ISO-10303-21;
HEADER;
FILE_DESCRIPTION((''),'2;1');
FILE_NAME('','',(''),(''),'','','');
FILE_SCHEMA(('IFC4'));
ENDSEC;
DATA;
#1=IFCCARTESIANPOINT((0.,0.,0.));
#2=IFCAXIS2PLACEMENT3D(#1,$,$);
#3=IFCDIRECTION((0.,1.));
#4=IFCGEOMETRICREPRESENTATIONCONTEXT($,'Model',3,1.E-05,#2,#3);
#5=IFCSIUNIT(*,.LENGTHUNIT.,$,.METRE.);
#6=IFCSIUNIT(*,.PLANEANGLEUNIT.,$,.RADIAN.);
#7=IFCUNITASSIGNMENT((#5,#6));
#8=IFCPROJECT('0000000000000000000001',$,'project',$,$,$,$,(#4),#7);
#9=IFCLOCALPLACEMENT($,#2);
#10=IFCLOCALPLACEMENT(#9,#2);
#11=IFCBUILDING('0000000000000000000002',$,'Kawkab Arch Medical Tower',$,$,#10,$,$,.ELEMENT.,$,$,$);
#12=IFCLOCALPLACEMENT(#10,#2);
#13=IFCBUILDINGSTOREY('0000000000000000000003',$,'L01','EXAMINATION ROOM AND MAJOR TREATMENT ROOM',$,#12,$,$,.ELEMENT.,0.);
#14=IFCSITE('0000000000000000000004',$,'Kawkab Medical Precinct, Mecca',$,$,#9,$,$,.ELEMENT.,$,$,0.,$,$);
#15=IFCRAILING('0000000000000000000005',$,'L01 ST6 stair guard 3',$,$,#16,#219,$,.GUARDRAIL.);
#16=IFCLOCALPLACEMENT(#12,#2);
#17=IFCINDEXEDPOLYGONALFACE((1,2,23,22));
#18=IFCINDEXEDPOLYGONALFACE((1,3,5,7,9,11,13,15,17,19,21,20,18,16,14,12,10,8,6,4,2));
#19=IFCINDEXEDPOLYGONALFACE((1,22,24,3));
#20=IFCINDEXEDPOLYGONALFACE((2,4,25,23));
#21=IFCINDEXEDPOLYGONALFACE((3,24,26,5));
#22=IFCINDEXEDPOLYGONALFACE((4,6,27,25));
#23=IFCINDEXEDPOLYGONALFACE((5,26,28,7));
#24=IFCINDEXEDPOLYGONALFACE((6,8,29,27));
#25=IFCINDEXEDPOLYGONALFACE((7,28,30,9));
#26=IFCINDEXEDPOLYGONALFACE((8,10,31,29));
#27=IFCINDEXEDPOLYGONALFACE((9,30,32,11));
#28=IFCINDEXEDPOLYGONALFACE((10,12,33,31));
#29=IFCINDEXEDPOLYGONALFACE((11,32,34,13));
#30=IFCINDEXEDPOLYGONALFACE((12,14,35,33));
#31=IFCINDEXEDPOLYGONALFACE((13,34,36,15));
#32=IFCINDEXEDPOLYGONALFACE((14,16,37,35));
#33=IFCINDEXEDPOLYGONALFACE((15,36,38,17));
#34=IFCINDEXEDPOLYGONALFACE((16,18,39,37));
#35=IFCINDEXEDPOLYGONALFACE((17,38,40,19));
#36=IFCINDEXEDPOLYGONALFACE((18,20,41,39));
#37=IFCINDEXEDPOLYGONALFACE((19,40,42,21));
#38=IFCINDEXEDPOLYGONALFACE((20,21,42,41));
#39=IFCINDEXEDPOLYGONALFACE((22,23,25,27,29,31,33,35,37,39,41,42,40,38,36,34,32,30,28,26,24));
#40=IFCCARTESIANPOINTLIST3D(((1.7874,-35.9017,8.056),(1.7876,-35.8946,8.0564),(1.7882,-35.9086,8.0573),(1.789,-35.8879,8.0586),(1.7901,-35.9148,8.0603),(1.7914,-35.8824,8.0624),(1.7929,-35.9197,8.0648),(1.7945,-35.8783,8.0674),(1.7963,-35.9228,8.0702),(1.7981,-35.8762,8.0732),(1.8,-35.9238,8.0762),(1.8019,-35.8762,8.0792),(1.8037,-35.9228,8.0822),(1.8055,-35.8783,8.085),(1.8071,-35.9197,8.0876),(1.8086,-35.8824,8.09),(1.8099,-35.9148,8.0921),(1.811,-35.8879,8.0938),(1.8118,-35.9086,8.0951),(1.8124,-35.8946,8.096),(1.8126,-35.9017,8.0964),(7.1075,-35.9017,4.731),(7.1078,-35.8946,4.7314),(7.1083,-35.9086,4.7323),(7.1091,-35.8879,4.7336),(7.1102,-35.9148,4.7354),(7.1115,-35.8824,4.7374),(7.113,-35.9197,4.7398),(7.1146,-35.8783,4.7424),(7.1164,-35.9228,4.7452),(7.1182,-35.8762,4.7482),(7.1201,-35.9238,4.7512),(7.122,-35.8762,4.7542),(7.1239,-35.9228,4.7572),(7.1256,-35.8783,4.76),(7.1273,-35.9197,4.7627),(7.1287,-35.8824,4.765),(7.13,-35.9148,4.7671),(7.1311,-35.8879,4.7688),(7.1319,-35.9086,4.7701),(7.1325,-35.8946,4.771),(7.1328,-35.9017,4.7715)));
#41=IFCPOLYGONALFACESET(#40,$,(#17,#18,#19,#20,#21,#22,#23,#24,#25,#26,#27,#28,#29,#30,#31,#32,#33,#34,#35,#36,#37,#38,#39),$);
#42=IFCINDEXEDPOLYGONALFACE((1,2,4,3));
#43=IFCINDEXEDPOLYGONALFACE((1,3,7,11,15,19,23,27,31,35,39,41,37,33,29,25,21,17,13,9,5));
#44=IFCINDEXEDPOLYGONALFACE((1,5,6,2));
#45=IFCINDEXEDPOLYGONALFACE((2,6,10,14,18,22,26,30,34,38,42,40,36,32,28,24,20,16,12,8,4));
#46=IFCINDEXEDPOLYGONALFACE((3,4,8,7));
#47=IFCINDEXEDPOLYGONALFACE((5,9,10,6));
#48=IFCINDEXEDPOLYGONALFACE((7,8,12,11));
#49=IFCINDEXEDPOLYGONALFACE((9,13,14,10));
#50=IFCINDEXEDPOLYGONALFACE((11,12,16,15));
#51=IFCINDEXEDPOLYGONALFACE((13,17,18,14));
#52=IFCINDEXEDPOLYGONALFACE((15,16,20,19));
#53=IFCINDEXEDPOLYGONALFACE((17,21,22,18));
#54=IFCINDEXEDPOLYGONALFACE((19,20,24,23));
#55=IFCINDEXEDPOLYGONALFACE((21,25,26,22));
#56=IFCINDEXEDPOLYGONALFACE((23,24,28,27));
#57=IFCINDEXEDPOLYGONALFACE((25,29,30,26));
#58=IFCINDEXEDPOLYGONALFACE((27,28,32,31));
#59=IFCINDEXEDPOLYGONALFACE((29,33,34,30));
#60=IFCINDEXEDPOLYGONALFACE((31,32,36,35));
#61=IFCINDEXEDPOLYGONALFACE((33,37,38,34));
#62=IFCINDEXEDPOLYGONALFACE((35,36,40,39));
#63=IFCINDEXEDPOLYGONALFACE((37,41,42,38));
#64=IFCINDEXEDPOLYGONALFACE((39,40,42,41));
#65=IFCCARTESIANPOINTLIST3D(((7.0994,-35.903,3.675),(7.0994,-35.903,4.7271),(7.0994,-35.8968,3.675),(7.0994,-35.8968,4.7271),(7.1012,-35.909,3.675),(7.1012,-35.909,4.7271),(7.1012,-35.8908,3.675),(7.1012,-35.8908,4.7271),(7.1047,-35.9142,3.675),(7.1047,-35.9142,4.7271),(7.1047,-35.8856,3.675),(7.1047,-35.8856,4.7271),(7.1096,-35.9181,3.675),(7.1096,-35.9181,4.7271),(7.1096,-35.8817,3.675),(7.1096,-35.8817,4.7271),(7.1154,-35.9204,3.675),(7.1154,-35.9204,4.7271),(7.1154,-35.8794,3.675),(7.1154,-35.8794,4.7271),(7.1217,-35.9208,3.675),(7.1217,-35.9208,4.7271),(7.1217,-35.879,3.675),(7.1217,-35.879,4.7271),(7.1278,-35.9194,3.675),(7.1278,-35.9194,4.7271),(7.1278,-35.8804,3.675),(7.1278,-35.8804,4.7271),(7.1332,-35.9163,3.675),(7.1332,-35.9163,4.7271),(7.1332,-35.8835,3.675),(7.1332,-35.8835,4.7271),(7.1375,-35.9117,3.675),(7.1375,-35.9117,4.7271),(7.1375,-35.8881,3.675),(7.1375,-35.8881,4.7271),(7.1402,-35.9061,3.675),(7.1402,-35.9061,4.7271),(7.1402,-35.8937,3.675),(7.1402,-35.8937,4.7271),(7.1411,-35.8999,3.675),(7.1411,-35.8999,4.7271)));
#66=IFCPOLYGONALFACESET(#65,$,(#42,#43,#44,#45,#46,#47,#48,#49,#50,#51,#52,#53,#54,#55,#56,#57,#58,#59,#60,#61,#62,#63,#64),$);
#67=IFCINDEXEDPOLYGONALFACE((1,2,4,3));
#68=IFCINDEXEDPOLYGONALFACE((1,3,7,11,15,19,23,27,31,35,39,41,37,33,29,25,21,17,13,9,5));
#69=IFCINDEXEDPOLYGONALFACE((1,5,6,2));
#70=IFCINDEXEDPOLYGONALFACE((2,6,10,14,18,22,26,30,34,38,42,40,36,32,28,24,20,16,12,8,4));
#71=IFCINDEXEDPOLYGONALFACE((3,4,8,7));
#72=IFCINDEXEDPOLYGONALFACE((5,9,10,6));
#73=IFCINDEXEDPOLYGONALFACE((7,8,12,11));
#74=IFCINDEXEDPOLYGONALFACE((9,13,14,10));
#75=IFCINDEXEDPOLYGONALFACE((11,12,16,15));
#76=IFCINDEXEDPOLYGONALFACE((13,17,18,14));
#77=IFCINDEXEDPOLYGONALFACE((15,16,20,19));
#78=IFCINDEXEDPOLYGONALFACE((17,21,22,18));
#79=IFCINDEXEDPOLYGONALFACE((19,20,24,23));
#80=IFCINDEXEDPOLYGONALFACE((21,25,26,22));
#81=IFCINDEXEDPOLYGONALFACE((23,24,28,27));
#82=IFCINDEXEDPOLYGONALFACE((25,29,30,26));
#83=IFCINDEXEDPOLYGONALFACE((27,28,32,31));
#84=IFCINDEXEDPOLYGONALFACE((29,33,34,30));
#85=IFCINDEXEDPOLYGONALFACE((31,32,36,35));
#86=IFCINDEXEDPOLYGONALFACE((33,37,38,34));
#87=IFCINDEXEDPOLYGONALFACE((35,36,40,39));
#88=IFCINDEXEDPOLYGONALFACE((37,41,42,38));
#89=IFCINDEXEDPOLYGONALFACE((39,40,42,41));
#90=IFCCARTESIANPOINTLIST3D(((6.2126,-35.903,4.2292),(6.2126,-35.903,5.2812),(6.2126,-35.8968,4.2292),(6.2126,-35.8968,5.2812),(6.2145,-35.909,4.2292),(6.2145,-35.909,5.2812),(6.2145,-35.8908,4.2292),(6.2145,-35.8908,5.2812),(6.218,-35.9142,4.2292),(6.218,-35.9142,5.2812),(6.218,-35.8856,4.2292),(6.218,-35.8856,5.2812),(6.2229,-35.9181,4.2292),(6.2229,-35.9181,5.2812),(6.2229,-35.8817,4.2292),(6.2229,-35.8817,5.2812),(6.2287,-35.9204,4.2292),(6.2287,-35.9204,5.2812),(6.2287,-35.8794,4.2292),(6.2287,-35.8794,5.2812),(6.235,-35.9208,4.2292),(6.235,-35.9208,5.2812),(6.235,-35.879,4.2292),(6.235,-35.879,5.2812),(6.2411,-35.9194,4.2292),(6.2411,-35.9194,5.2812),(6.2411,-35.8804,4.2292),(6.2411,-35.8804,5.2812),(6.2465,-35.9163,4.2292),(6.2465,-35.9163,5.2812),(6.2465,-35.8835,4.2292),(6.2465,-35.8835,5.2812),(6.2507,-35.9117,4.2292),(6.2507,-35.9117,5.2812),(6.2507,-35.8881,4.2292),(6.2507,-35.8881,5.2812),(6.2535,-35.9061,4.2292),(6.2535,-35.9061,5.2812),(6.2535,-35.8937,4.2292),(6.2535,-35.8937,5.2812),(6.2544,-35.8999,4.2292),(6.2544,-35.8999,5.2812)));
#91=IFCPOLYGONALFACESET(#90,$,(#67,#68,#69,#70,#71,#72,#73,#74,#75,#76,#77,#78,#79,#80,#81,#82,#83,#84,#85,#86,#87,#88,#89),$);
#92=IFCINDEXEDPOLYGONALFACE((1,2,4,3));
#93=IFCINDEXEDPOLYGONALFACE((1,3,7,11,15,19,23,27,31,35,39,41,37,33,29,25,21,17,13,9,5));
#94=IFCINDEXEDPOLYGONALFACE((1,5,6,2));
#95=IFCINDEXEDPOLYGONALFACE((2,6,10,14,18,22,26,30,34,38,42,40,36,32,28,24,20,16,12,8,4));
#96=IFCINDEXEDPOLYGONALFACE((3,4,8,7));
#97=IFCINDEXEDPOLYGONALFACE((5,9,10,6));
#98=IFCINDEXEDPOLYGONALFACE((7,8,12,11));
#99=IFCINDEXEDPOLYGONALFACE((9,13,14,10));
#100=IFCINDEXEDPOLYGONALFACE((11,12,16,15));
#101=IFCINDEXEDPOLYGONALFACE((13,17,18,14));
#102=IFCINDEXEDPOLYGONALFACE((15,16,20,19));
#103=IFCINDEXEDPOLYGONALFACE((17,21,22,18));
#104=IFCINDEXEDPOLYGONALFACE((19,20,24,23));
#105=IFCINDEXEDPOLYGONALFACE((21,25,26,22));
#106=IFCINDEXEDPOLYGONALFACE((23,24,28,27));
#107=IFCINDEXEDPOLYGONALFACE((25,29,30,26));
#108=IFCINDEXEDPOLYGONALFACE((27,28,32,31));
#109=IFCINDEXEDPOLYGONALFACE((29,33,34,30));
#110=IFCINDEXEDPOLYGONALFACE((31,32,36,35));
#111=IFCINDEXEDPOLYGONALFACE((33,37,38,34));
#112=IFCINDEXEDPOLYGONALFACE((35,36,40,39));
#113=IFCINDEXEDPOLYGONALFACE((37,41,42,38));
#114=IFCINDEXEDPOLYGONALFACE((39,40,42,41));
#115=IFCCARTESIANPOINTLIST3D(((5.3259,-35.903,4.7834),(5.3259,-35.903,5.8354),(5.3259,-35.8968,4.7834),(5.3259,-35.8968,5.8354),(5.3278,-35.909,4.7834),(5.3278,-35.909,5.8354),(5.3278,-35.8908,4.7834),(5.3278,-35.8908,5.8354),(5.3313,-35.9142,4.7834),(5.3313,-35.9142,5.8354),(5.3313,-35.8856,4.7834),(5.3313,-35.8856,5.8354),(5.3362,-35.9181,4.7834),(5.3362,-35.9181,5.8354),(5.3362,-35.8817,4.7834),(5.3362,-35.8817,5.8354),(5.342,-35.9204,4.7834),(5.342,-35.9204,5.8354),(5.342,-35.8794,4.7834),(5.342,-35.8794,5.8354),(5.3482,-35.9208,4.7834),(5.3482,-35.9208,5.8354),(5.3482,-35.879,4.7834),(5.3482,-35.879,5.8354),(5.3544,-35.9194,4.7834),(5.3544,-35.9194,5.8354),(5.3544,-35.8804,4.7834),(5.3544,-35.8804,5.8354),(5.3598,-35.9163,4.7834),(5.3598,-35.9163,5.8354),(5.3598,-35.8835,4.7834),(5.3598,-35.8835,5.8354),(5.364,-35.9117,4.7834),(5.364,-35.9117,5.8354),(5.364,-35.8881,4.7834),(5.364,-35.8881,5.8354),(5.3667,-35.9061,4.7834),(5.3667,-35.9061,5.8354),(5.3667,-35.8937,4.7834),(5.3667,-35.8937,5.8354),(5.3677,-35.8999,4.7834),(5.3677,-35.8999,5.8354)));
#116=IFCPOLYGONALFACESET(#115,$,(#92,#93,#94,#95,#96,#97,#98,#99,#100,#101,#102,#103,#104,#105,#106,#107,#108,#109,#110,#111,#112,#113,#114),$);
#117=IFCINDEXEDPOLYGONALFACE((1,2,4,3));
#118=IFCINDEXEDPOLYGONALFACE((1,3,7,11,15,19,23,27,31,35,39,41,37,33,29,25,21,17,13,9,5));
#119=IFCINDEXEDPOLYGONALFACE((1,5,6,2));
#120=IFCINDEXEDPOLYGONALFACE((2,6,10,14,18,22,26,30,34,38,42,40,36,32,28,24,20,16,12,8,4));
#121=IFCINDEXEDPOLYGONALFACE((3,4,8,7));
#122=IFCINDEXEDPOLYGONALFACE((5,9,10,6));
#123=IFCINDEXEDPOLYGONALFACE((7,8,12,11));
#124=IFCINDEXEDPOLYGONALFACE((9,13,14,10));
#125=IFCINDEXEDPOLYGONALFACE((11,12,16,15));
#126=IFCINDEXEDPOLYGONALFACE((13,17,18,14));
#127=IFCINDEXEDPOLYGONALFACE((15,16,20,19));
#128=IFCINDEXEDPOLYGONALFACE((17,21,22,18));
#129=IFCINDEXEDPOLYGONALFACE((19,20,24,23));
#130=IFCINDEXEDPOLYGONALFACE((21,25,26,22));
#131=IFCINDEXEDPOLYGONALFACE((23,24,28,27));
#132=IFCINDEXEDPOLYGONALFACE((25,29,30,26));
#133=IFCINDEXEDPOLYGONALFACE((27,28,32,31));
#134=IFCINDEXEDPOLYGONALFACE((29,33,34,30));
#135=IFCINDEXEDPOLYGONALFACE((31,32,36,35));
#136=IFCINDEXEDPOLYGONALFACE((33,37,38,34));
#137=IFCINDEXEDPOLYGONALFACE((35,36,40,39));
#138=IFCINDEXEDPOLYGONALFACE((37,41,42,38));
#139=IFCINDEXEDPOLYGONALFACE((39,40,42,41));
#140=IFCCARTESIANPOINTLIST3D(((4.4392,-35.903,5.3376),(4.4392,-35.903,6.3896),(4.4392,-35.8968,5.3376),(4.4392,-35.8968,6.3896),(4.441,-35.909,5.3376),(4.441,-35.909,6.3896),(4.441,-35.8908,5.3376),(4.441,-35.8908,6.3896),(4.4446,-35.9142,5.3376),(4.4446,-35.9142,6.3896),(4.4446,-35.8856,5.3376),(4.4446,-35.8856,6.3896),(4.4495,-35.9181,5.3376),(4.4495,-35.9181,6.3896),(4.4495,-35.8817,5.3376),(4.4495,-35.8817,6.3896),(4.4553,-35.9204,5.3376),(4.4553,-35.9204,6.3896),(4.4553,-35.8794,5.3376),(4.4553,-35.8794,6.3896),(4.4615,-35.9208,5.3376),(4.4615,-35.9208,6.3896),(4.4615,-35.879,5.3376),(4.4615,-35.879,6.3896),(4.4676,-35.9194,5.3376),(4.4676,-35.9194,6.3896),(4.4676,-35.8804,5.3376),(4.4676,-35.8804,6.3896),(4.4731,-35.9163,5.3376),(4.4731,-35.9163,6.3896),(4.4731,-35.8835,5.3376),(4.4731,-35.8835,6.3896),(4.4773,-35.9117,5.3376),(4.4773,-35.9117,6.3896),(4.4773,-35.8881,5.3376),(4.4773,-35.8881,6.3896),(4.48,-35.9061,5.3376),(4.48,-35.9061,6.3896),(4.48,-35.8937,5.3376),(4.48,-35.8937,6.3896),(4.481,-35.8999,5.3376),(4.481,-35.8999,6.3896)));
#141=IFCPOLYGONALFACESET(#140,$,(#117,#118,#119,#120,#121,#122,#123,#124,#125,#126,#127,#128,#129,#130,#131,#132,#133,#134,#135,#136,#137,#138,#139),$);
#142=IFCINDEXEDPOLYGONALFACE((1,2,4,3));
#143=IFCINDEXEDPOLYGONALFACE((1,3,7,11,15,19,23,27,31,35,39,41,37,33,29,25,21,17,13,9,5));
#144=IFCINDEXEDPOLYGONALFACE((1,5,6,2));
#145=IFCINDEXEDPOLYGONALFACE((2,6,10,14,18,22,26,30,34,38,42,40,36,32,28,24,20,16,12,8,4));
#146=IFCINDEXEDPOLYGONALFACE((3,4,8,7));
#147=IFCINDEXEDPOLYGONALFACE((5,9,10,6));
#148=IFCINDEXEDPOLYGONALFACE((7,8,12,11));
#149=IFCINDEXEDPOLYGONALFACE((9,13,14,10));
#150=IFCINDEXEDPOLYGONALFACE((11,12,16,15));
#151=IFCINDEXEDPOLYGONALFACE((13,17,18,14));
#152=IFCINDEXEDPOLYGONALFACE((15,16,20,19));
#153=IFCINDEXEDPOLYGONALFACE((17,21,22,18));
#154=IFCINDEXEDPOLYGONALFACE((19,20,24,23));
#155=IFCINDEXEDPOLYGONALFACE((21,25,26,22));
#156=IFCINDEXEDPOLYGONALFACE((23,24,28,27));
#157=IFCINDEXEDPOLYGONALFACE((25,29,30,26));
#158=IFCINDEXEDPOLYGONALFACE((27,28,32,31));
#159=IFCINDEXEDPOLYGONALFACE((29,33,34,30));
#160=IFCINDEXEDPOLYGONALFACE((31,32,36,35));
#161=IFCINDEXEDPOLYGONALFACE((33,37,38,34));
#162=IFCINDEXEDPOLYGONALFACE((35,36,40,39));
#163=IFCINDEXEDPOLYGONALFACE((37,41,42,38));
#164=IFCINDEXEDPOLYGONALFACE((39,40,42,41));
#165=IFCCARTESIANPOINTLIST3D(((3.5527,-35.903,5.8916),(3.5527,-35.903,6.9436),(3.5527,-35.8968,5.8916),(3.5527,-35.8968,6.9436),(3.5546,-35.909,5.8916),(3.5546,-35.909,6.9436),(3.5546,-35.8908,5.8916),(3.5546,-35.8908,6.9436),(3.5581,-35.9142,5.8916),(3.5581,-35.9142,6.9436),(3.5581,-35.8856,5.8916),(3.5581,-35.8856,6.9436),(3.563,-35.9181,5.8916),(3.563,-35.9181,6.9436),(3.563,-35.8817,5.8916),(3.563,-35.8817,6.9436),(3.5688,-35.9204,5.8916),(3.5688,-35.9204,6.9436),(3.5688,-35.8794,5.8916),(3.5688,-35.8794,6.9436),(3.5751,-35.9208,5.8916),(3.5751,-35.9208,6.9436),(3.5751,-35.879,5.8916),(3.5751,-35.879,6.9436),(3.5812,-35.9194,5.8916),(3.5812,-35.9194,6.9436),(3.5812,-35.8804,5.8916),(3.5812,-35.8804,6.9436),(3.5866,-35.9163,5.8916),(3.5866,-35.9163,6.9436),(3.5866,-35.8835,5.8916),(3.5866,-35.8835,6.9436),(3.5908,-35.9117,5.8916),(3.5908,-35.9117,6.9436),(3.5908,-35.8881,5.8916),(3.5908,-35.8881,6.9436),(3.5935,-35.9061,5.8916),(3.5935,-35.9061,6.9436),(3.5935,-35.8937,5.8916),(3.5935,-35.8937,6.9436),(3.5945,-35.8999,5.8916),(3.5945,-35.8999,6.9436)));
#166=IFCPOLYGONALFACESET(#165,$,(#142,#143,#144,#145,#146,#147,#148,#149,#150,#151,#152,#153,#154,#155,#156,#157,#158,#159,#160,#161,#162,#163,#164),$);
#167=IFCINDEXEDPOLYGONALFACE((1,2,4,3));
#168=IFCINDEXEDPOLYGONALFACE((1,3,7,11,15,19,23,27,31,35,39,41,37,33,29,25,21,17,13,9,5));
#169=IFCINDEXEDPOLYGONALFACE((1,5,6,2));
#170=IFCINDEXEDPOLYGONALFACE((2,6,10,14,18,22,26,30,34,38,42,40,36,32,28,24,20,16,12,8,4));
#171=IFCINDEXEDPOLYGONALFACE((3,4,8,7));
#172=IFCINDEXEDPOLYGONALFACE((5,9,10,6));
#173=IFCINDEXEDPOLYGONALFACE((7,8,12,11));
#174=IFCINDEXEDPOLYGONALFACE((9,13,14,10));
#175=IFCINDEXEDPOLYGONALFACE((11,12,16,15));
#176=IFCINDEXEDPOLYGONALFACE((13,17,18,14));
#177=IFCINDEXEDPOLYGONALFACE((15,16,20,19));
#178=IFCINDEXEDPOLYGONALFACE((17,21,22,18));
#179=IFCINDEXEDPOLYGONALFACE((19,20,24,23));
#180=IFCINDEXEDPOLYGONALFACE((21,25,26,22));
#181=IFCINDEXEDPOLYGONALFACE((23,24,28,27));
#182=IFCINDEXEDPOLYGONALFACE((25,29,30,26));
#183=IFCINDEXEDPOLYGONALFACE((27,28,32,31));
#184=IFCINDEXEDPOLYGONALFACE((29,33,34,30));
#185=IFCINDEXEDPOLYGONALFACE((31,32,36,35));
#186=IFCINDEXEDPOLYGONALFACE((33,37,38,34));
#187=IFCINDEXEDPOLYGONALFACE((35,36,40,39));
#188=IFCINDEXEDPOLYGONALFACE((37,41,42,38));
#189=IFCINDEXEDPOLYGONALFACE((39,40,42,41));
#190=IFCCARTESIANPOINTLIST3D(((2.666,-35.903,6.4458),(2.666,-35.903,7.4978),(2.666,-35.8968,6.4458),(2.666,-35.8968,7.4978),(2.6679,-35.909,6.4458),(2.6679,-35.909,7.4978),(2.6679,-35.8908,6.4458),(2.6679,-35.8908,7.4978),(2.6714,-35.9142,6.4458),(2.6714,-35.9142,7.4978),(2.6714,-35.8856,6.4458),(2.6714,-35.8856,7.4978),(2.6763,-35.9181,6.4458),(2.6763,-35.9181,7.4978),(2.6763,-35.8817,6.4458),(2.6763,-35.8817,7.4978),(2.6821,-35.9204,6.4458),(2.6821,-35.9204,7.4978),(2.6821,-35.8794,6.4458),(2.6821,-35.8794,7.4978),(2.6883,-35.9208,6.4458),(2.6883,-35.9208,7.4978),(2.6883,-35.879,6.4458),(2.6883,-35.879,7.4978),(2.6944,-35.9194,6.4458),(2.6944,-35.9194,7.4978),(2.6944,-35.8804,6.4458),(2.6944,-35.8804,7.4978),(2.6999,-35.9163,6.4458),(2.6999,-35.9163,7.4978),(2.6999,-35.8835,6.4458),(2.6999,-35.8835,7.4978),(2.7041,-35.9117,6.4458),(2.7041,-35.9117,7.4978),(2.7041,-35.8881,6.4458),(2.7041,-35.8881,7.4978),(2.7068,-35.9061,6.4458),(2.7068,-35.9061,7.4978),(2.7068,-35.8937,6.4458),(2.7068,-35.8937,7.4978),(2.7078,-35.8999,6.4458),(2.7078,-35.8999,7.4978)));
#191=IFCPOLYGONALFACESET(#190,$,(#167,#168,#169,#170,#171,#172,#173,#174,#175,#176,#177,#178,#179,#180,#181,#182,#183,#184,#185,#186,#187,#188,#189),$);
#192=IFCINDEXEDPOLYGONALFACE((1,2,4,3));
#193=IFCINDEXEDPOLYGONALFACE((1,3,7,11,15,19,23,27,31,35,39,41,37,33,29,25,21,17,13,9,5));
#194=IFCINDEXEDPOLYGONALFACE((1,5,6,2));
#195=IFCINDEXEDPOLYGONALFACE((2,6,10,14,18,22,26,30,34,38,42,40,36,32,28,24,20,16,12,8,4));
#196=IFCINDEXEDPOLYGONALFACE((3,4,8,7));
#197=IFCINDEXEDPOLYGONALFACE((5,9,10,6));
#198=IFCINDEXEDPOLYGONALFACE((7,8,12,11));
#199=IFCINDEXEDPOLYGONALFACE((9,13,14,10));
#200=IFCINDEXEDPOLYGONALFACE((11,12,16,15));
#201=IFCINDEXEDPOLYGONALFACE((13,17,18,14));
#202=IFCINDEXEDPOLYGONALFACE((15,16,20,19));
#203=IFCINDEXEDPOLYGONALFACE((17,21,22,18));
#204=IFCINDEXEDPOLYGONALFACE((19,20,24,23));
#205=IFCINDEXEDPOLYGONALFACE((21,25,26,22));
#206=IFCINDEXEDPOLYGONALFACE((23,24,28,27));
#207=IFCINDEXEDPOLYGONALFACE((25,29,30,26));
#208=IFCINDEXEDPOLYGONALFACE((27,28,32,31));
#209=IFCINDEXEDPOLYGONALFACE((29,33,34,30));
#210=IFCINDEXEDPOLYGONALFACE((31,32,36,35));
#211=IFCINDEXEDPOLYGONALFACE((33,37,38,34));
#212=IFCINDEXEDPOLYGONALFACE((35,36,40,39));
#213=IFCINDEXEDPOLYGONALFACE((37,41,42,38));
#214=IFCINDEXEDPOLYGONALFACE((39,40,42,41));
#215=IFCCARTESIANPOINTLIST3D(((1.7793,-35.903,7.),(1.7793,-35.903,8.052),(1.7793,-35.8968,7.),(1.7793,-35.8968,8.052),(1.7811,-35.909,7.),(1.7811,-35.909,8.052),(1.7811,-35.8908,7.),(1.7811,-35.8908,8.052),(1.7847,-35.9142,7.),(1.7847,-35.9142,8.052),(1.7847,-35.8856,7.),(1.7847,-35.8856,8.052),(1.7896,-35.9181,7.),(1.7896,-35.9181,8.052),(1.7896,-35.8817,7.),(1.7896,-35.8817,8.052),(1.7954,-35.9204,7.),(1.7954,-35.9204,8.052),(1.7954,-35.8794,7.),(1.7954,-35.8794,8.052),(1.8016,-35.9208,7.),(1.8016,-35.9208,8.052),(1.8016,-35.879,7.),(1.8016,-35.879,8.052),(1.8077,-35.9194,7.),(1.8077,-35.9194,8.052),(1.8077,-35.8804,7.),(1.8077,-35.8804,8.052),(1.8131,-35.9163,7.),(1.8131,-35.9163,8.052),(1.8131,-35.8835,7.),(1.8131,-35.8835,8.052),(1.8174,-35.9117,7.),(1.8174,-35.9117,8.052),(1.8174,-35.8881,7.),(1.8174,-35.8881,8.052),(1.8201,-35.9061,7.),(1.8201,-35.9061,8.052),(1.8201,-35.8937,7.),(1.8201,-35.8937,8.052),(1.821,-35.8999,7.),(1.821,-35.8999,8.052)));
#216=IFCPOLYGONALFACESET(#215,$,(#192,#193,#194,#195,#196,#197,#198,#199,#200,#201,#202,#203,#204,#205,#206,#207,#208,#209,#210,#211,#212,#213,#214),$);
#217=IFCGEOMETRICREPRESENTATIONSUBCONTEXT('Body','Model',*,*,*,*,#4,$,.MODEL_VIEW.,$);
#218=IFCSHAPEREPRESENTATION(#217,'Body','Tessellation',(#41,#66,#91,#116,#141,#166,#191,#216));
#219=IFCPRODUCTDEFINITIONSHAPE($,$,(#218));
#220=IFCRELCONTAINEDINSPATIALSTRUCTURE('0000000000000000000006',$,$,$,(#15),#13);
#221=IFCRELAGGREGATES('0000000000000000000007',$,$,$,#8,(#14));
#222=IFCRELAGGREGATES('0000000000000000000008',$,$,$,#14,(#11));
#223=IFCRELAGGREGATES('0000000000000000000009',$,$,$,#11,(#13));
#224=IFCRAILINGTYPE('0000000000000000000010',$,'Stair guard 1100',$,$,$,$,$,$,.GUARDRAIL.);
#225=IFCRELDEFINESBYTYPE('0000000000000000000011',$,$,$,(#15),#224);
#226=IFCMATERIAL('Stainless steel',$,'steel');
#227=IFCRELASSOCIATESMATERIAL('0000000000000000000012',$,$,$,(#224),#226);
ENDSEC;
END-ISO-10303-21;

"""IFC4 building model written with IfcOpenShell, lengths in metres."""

from ifc_helpers import new_model, si_unit, direction, frame, origin, origin_2d, place, context, subcontext, project, spatial, circle, extrude, material, type_object, element, save


model = new_model("IFC4")

# Units and contexts
model_context = context("Model", 3, precision=1e-05, world=origin(), true_north=direction((0.0, 1.0)))
body_context = subcontext(model_context, "Body", "Model", "MODEL_VIEW")
ifc_project = project(units=[si_unit("LENGTHUNIT", "METRE"), si_unit("PLANEANGLEUNIT", "RADIAN")], contexts=[model_context])

# Site, building, storey
site_placement = place(None, origin())
site = spatial("IfcSite", under=ifc_project, at=site_placement, Name="Kawkab Medical Precinct, Mecca", CompositionType="ELEMENT", RefElevation=0.0)
building_placement = place(site_placement, origin())
building = spatial("IfcBuilding", under=site, at=building_placement, Name="Kawkab Arch Medical Tower", CompositionType="ELEMENT")
storey_placement = place(building_placement, origin())
storey = spatial("IfcBuildingStorey", under=building, at=storey_placement, Name="L01", Description="EXAMINATION ROOM AND MAJOR TREATMENT ROOM", CompositionType="ELEMENT", Elevation=0.0)

# Railing
ifc_material_1 = material(Name="Stainless steel", Category="steel")
railing_type = type_object("IfcRailingType", Name="Stair guard 1100", PredefinedType="GUARDRAIL", material=ifc_material_1)
railing_1_placement = place(storey_placement, frame((7.1201, -35.8999, 3.675)))
element("IfcRailing", 1, at=railing_1_placement, inside=storey, type_object=railing_type, Name="L01 ST6 stair guard 3", PredefinedType="GUARDRAIL", context=body_context, shape_type="SweptSolid", body=[
    extrude(circle(Radius=0.0239, at=origin_2d()), frame((0.0, 0.0, 1.0762), z_axis=(-0.848005, 0.0, 0.529988), x_axis=(0.0, -1.0, 0.0)), (0.0, 0.0, 1.0), 6.2737),
    extrude(circle(Radius=0.021, at=origin_2d()), origin(), (0.0, 0.0, 1.0), 1.052),
    extrude(circle(Radius=0.021, at=origin_2d()), frame((-0.8867, 0.0, 0.5542)), (0.0, 0.0, 1.0), 1.052),
    extrude(circle(Radius=0.021, at=origin_2d()), frame((-1.7734, 0.0, 1.1084)), (0.0, 0.0, 1.0), 1.052),
    extrude(circle(Radius=0.021, at=origin_2d()), frame((-2.6602, 0.0, 1.6626)), (0.0, 0.0, 1.0), 1.052),
    extrude(circle(Radius=0.021, at=origin_2d()), frame((-3.5466, 0.0, 2.2166)), (0.0, 0.0, 1.0), 1.052),
    extrude(circle(Radius=0.021, at=origin_2d()), frame((-4.4333, 0.0, 2.7708)), (0.0, 0.0, 1.0), 1.052),
    extrude(circle(Radius=0.021, at=origin_2d()), frame((-5.3201, 0.0, 3.325)), (0.0, 0.0, 1.0), 1.052),
])

save(model, "model.ifc")
